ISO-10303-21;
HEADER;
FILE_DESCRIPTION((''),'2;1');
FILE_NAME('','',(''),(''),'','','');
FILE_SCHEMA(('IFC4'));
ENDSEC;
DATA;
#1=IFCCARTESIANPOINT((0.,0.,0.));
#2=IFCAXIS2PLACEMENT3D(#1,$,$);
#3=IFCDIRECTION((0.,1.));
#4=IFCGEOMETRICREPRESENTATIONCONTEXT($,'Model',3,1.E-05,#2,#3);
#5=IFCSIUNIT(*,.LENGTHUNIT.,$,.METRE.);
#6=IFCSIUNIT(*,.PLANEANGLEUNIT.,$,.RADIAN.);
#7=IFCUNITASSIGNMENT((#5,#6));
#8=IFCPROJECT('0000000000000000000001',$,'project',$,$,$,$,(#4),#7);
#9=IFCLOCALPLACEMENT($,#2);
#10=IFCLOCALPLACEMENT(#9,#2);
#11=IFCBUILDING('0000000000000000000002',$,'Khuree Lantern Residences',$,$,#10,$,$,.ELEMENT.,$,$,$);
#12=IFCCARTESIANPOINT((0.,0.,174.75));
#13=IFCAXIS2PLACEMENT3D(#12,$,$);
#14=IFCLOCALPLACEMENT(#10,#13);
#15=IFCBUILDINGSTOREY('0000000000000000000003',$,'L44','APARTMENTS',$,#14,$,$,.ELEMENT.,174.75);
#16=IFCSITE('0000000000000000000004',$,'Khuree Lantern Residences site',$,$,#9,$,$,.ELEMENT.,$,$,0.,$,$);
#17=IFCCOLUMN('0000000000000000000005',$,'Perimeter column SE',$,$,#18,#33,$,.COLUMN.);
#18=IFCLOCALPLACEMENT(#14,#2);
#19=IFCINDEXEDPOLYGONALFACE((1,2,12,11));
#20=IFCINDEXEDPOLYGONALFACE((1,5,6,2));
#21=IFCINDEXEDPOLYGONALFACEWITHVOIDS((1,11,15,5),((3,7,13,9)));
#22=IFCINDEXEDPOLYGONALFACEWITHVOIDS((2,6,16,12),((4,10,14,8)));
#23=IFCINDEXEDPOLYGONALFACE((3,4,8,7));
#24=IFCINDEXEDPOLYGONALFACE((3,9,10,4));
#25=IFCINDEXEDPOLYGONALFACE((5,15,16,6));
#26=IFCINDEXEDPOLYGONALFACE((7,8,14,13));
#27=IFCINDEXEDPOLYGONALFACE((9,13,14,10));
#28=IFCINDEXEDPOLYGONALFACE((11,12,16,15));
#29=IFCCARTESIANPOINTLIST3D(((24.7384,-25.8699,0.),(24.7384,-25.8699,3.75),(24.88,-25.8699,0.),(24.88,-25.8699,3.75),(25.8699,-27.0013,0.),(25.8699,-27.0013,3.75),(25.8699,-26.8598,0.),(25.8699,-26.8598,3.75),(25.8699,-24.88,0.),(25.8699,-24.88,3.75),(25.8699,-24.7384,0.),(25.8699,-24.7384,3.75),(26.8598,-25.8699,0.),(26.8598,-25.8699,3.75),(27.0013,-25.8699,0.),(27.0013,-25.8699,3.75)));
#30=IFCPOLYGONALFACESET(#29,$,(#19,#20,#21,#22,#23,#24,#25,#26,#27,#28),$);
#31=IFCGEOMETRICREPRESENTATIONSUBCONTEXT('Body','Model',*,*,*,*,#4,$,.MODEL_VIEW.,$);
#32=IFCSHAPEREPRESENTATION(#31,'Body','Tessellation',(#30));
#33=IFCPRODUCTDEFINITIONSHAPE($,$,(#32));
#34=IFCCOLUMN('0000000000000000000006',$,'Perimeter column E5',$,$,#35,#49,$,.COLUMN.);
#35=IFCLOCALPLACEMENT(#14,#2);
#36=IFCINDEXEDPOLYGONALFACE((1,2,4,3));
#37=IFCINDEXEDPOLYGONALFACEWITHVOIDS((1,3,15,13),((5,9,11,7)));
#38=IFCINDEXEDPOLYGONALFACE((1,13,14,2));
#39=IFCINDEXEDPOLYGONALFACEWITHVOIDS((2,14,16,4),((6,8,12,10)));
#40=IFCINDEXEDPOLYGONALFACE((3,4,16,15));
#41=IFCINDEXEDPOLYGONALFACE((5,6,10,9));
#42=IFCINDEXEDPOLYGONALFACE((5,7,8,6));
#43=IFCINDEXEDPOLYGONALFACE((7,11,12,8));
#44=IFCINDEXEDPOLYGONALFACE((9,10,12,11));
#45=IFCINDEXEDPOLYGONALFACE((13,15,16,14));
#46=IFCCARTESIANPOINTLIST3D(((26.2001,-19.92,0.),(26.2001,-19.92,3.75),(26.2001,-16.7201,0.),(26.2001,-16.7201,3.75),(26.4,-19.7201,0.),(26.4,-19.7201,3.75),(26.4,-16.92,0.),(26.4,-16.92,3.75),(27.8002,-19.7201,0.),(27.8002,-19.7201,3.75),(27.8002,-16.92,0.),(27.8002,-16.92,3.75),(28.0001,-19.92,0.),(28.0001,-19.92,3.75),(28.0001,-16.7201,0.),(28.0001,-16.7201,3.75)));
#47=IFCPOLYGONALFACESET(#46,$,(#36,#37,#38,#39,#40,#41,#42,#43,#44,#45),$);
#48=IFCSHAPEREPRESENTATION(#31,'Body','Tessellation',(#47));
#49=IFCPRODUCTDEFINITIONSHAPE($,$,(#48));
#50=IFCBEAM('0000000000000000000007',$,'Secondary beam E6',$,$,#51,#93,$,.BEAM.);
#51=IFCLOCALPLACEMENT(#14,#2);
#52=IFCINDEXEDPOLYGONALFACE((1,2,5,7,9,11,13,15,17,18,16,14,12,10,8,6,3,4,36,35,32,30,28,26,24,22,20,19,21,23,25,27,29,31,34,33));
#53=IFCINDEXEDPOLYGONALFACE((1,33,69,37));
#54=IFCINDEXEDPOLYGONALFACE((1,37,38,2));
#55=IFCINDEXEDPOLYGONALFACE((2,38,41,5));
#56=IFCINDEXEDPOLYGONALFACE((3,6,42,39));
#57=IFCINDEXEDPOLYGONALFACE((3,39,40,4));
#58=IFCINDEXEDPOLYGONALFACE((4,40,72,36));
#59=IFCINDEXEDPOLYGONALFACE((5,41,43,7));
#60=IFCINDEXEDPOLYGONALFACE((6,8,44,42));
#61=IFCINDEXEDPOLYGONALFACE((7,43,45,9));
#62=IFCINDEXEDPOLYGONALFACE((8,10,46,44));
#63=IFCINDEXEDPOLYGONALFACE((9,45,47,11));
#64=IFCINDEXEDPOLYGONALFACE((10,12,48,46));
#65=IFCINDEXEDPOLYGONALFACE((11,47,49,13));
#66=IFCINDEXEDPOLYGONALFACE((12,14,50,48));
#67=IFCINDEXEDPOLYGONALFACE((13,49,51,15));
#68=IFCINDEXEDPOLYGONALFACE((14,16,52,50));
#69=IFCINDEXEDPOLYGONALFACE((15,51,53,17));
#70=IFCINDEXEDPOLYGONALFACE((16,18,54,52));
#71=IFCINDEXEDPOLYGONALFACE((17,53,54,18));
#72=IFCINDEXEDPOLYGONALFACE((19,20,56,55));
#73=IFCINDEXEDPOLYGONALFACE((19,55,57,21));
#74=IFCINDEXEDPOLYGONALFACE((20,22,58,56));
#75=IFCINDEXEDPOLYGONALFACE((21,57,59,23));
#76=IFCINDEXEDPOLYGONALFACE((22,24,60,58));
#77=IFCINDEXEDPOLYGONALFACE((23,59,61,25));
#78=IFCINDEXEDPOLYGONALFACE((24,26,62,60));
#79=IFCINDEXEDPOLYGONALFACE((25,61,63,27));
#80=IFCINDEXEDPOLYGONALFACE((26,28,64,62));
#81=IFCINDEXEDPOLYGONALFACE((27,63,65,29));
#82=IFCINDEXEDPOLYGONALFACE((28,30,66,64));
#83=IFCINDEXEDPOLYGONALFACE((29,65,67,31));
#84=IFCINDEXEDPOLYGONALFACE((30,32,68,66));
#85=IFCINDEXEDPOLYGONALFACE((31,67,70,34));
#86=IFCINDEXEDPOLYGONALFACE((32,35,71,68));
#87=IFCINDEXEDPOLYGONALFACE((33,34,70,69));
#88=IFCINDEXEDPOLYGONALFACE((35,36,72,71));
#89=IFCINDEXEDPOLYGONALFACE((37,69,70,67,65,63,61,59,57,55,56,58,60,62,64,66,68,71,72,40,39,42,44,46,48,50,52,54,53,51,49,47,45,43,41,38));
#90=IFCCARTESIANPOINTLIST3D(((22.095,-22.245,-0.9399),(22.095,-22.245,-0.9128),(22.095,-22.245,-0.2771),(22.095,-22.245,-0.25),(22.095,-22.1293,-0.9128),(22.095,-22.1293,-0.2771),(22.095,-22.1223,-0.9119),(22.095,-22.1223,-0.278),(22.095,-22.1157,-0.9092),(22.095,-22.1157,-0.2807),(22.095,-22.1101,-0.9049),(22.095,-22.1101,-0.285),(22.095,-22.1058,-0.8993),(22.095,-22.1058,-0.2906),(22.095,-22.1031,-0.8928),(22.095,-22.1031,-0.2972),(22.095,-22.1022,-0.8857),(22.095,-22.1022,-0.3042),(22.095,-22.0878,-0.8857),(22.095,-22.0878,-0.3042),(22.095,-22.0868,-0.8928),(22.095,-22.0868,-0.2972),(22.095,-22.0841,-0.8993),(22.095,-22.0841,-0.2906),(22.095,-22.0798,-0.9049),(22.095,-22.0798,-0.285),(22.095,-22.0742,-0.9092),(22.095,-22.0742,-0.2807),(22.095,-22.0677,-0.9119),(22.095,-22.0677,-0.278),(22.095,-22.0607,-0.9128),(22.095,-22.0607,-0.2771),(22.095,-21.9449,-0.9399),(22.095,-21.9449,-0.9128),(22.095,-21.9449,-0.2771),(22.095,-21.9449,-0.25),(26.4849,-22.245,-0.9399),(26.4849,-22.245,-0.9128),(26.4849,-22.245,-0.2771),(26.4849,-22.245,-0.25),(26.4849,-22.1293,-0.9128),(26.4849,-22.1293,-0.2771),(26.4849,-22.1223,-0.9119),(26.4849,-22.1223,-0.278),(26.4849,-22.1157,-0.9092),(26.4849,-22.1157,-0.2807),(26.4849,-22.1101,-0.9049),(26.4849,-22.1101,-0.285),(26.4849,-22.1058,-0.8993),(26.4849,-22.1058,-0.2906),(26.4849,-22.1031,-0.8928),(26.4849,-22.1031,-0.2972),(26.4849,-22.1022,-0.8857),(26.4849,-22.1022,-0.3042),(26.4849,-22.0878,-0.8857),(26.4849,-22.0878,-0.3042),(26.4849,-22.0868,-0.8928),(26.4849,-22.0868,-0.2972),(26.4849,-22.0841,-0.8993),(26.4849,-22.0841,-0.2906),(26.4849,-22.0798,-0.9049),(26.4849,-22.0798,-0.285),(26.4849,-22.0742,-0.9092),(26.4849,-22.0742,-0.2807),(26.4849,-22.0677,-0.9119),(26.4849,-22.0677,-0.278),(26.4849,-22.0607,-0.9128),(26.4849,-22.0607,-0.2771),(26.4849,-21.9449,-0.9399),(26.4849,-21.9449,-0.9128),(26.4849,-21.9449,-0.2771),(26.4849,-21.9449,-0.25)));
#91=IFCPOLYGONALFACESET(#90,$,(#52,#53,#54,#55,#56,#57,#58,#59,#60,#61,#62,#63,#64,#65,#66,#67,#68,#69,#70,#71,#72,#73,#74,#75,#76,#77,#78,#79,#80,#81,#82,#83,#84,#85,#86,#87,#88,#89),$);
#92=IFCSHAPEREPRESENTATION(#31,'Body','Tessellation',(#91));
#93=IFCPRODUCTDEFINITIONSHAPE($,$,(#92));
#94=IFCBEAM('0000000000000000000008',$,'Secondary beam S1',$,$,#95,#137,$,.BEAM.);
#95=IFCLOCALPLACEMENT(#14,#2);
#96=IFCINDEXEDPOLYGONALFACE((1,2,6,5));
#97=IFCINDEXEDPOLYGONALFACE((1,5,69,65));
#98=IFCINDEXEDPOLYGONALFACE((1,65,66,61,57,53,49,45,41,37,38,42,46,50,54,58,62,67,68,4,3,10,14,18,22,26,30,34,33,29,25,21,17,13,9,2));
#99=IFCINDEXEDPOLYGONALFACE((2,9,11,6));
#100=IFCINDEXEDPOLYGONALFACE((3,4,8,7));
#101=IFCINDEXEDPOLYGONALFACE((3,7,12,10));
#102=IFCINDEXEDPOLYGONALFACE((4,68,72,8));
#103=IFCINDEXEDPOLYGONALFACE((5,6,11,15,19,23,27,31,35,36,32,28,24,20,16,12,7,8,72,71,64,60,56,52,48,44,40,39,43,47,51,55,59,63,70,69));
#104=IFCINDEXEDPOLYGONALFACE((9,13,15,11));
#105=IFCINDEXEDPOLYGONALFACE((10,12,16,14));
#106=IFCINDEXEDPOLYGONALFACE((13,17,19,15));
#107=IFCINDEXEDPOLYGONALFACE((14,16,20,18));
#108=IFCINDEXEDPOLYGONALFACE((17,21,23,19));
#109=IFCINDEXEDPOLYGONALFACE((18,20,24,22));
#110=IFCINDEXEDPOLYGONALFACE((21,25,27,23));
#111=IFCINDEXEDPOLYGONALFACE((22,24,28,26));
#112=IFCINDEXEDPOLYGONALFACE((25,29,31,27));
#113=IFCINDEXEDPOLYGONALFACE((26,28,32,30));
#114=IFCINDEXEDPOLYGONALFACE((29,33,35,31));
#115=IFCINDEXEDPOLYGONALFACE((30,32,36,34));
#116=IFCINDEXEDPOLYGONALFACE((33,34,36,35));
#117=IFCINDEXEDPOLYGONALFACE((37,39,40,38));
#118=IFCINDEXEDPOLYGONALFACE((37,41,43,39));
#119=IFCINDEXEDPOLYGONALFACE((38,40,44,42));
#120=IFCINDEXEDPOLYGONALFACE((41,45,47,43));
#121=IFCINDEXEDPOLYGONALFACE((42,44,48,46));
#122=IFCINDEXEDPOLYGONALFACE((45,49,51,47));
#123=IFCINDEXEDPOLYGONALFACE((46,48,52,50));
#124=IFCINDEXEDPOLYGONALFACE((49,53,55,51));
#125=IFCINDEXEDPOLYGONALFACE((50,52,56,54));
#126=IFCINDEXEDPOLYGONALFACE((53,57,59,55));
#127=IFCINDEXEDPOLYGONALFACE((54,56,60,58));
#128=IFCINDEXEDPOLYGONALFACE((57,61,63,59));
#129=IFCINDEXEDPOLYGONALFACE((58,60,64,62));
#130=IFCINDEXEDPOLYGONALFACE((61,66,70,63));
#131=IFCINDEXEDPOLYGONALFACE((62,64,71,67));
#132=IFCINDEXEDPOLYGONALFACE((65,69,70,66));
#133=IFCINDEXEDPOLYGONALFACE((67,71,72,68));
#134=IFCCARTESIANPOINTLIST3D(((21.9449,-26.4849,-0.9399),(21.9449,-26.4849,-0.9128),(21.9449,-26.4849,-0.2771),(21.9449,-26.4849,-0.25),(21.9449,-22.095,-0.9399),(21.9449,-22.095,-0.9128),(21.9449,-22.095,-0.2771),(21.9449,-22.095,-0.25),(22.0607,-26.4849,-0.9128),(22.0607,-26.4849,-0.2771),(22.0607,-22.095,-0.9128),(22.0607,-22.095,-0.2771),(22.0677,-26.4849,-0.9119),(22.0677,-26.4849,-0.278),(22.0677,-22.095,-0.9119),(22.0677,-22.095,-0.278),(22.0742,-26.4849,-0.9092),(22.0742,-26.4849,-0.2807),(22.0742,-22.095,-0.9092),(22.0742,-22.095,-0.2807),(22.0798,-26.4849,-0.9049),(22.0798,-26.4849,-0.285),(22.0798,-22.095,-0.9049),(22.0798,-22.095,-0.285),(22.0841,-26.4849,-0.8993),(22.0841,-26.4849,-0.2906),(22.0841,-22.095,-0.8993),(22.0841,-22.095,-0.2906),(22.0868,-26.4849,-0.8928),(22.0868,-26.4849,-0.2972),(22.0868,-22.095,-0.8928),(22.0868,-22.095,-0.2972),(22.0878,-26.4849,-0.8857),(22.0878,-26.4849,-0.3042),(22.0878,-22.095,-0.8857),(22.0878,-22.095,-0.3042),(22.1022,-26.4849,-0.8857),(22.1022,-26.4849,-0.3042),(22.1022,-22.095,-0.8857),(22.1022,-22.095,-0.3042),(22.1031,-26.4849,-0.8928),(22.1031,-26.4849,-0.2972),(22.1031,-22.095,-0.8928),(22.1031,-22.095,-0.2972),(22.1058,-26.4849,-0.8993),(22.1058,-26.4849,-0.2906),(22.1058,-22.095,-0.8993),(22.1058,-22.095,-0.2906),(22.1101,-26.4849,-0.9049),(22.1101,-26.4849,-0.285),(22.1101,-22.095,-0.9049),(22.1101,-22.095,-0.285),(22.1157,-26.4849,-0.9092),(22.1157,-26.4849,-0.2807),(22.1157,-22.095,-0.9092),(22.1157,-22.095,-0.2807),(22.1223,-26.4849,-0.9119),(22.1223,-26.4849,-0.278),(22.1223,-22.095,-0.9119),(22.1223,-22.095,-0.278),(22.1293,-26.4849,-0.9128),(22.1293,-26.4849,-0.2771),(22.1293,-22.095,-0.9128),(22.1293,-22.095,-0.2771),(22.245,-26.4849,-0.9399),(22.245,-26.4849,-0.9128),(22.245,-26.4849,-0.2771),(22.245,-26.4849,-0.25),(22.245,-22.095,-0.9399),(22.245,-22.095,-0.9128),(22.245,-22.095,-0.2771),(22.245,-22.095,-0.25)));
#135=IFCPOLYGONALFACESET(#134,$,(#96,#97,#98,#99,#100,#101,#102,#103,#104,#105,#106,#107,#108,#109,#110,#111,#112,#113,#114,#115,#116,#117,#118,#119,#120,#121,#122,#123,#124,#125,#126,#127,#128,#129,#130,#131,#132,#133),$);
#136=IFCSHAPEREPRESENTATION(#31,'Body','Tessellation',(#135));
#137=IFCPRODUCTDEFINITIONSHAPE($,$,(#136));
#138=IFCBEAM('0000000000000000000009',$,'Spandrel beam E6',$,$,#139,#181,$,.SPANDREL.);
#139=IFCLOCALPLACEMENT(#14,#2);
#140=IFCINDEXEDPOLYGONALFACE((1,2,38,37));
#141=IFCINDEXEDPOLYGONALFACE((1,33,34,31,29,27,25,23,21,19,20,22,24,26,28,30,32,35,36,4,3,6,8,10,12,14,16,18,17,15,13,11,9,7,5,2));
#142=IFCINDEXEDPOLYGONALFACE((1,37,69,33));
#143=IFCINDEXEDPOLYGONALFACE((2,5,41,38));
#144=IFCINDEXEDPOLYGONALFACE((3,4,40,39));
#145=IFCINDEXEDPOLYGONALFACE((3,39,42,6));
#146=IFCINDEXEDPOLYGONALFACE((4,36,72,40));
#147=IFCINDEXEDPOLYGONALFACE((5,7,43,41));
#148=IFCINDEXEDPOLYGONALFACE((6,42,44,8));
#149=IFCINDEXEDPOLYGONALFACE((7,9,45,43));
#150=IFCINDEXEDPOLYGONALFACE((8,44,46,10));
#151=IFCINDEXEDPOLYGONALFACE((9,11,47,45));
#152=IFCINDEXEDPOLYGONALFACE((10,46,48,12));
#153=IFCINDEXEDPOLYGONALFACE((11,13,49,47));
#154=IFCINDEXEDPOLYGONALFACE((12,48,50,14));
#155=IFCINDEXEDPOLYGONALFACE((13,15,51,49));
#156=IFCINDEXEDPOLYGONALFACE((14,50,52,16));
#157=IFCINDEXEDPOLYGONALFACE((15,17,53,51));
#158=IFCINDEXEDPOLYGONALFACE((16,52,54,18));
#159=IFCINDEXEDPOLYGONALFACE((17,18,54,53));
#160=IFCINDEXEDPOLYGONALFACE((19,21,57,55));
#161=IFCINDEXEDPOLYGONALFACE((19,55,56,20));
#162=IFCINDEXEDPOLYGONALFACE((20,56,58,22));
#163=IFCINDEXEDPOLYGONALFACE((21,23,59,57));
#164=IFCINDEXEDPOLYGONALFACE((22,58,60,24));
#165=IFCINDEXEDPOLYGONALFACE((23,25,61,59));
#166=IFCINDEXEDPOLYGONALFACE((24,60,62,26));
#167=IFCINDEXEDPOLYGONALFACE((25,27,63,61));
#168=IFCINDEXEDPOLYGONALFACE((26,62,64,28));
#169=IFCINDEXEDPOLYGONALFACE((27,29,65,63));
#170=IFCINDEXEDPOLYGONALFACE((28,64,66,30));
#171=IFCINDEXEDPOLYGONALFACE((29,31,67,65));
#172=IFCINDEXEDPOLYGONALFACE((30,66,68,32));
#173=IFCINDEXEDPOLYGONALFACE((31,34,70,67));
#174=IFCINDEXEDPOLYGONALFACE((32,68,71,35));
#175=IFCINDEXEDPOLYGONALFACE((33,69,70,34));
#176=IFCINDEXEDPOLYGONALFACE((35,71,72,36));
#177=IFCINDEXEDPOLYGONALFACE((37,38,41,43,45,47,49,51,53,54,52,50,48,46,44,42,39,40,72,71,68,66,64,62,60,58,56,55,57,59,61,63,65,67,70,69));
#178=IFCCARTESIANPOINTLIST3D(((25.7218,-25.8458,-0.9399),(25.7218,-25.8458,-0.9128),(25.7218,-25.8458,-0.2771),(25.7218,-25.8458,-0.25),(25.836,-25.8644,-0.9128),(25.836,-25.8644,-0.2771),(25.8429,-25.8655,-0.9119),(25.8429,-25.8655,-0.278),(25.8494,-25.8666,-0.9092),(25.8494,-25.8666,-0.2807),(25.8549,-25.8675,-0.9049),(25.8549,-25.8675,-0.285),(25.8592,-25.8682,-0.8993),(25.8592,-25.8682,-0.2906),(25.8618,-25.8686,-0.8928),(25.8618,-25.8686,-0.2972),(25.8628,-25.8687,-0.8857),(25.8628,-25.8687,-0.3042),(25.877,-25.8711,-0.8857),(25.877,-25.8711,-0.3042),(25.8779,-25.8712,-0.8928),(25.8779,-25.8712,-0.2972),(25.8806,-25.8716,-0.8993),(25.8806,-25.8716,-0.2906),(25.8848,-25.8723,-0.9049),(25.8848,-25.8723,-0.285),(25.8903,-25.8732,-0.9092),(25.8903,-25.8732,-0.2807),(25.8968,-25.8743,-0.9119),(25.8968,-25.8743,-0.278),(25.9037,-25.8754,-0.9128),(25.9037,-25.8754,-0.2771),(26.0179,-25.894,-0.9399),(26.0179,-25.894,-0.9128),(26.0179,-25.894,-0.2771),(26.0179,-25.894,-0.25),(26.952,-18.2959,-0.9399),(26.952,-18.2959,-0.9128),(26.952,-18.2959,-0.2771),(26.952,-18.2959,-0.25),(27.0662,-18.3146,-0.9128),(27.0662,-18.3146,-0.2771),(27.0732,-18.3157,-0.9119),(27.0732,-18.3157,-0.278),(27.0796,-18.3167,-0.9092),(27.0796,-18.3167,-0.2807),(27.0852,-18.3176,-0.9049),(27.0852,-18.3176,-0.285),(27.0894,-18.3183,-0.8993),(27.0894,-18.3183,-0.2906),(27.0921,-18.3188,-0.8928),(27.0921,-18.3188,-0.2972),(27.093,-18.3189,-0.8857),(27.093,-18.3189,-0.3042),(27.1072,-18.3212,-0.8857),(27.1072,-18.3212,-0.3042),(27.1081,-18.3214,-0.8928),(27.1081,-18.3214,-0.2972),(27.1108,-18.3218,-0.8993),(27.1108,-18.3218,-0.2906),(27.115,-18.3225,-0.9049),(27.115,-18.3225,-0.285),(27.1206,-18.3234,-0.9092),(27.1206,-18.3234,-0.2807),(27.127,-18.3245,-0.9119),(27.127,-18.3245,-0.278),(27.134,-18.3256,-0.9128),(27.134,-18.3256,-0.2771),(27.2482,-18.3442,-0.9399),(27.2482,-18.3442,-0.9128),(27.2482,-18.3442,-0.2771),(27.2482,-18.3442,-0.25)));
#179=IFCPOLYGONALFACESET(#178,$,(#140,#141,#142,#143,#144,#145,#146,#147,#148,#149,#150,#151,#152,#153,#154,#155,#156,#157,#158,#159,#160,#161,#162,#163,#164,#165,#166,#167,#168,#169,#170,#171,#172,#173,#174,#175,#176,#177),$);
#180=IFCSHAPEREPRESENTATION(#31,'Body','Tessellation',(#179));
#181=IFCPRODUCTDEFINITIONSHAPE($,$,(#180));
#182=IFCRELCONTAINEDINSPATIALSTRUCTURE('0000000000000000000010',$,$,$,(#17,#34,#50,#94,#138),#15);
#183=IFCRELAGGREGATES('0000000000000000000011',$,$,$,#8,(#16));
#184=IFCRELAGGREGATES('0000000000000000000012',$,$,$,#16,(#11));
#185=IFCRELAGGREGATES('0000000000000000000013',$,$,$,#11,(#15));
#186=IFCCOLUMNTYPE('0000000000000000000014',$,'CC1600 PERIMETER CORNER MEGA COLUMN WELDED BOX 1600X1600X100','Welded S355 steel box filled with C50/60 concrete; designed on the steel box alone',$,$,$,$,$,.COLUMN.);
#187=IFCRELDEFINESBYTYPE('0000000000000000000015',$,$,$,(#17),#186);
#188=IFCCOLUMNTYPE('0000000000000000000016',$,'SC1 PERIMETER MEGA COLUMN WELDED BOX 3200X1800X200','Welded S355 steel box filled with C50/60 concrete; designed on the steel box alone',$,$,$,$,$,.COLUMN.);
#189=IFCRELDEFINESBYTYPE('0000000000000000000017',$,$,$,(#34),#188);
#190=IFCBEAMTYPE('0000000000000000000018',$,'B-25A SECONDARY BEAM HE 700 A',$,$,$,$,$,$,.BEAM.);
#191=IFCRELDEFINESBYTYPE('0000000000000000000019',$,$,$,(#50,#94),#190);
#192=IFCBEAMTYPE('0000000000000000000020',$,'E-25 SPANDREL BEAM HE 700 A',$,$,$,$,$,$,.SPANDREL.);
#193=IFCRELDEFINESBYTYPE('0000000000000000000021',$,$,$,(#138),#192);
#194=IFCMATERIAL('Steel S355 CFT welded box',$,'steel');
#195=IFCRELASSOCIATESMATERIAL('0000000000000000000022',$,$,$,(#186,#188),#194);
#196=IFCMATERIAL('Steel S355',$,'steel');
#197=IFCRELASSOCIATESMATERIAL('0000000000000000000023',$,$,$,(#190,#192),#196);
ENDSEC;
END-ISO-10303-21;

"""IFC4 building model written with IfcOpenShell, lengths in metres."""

from ifc_helpers import new_model, si_unit, direction, frame, origin, origin_2d, place, context, subcontext, project, spatial, hollow_rectangle, i_section, extrude, material, material_profile, profile_set, type_object, element, save


model = new_model("IFC4")

# Units and contexts
model_context = context("Model", 3, precision=1e-05, world=origin(), true_north=direction((0.0, 1.0)))
body_context = subcontext(model_context, "Body", "Model", "MODEL_VIEW")
ifc_project = project(units=[si_unit("LENGTHUNIT", "METRE"), si_unit("PLANEANGLEUNIT", "RADIAN")], contexts=[model_context])

# Site, building, storey
site_placement = place(None, origin())
site = spatial("IfcSite", under=ifc_project, at=site_placement, Name="Khuree Lantern Residences site", CompositionType="ELEMENT", RefElevation=0.0)
building_placement = place(site_placement, origin())
building = spatial("IfcBuilding", under=site, at=building_placement, Name="Khuree Lantern Residences", CompositionType="ELEMENT")
storey_placement = place(building_placement, frame((0.0, 0.0, 174.75)))
storey = spatial("IfcBuildingStorey", under=building, at=storey_placement, Name="L44", Description="APARTMENTS", CompositionType="ELEMENT", Elevation=174.75)

# Columns
ifc_material_1 = material(Name="Steel S355 CFT welded box", Category="steel")
ifc_material_profile_1 = material_profile(ifc_material_1, hollow_rectangle(XDim=1.6001, YDim=1.6001, WallThickness=0.1001, at=origin_2d()), Name="WELDED BOX 1600X1600X100")
ifc_profile_set_1 = profile_set([ifc_material_profile_1], Name="Steel S355 CFT welded box")
column_type_1 = type_object("IfcColumnType", Name="CC1600 PERIMETER CORNER MEGA COLUMN WELDED BOX 1600X1600X100", Description="Welded S355 steel box filled with C50/60 concrete; designed on the steel box alone", PredefinedType="COLUMN", material=ifc_profile_set_1)
column_1_placement = place(storey_placement, frame((25.8699, -25.8699, 0.0), z_axis=(0.0, 0.0, 1.0), x_axis=(0.707107, 0.707107, 0.0)))
element("IfcColumn", 1, at=column_1_placement, inside=storey, type_object=column_type_1, Name="Perimeter column SE", PredefinedType="COLUMN", context=body_context, shape_type="SweptSolid", body=[
    extrude(hollow_rectangle(XDim=1.6001, YDim=1.6001, WallThickness=0.1001, at=origin_2d()), origin(), (0.0, 0.0, 1.0), 3.75),
])
ifc_material_profile_2 = material_profile(ifc_material_1, hollow_rectangle(XDim=3.2, YDim=1.8, WallThickness=0.2, at=origin_2d()), Name="WELDED BOX 3200X1800X200")
ifc_profile_set_2 = profile_set([ifc_material_profile_2], Name="Steel S355 CFT welded box")
column_type_2 = type_object("IfcColumnType", Name="SC1 PERIMETER MEGA COLUMN WELDED BOX 3200X1800X200", Description="Welded S355 steel box filled with C50/60 concrete; designed on the steel box alone", PredefinedType="COLUMN", material=ifc_profile_set_2)
column_2_placement = place(storey_placement, frame((27.1001, -18.3201, 0.0), z_axis=(0.0, 0.0, 1.0), x_axis=(0.0, 1.0, 0.0)))
element("IfcColumn", 2, at=column_2_placement, inside=storey, type_object=column_type_2, Name="Perimeter column E5", PredefinedType="COLUMN", context=body_context, shape_type="SweptSolid", body=[
    extrude(hollow_rectangle(XDim=3.2, YDim=1.8, WallThickness=0.2, at=origin_2d()), origin(), (0.0, 0.0, 1.0), 3.75),
])

# Beams
ifc_material_2 = material(Name="Steel S355", Category="steel")
ifc_material_profile_3 = material_profile(ifc_material_2, i_section(OverallWidth=0.3, OverallDepth=0.6899, WebThickness=0.0144, FlangeThickness=0.0271, FilletRadius=0.0271, at=origin_2d()), Name="HE 700 A")
ifc_profile_set_3 = profile_set([ifc_material_profile_3], Name="Steel S355")
beam_type_1 = type_object("IfcBeamType", Name="B-25A SECONDARY BEAM HE 700 A", PredefinedType="BEAM", material=ifc_profile_set_3)
for number, where, z_axis, x_axis, name in (
    (3, (26.4849, -22.095, -0.595), (-1.0, 0.0, 0.0), (0.0, -1.0, 0.0), "Secondary beam E6"),
    (4, (22.095, -26.4849, -0.595), (0.0, 1.0, 0.0), (-1.0, 0.0, 0.0), "Secondary beam S1"),
):
    element("IfcBeam", number, at=place(storey_placement, frame(where, z_axis=z_axis, x_axis=x_axis)), inside=storey, type_object=beam_type_1, Name=name, PredefinedType="BEAM", context=body_context, shape_type="SweptSolid", body=[
        extrude(i_section(OverallWidth=0.3, OverallDepth=0.6899, WebThickness=0.0144, FlangeThickness=0.0271, FilletRadius=0.0271, at=origin_2d()), origin(), (0.0, 0.0, 1.0), 4.3899),
    ])
ifc_material_profile_4 = material_profile(ifc_material_2, i_section(OverallWidth=0.3, OverallDepth=0.6899, WebThickness=0.0144, FlangeThickness=0.0271, FilletRadius=0.0271, at=origin_2d()), Name="HE 700 A")
ifc_profile_set_4 = profile_set([ifc_material_profile_4], Name="Steel S355")
beam_type_2 = type_object("IfcBeamType", Name="E-25 SPANDREL BEAM HE 700 A", PredefinedType="SPANDREL", material=ifc_profile_set_4)
for number, where, z_axis, x_axis, name in (
    (5, (27.1001, -18.3201, -0.595), (-0.160827, -0.986983, 0.0), (0.986983, -0.160827, 0.0), "Spandrel beam E6"),
):
    element("IfcBeam", number, at=place(storey_placement, frame(where, z_axis=z_axis, x_axis=x_axis)), inside=storey, type_object=beam_type_2, Name=name, PredefinedType="SPANDREL", context=body_context, shape_type="SweptSolid", body=[
        extrude(i_section(OverallWidth=0.3, OverallDepth=0.6899, WebThickness=0.0144, FlangeThickness=0.0271, FilletRadius=0.0271, at=origin_2d()), origin(), (0.0, 0.0, 1.0), 7.6494),
    ])

save(model, "model.ifc")
